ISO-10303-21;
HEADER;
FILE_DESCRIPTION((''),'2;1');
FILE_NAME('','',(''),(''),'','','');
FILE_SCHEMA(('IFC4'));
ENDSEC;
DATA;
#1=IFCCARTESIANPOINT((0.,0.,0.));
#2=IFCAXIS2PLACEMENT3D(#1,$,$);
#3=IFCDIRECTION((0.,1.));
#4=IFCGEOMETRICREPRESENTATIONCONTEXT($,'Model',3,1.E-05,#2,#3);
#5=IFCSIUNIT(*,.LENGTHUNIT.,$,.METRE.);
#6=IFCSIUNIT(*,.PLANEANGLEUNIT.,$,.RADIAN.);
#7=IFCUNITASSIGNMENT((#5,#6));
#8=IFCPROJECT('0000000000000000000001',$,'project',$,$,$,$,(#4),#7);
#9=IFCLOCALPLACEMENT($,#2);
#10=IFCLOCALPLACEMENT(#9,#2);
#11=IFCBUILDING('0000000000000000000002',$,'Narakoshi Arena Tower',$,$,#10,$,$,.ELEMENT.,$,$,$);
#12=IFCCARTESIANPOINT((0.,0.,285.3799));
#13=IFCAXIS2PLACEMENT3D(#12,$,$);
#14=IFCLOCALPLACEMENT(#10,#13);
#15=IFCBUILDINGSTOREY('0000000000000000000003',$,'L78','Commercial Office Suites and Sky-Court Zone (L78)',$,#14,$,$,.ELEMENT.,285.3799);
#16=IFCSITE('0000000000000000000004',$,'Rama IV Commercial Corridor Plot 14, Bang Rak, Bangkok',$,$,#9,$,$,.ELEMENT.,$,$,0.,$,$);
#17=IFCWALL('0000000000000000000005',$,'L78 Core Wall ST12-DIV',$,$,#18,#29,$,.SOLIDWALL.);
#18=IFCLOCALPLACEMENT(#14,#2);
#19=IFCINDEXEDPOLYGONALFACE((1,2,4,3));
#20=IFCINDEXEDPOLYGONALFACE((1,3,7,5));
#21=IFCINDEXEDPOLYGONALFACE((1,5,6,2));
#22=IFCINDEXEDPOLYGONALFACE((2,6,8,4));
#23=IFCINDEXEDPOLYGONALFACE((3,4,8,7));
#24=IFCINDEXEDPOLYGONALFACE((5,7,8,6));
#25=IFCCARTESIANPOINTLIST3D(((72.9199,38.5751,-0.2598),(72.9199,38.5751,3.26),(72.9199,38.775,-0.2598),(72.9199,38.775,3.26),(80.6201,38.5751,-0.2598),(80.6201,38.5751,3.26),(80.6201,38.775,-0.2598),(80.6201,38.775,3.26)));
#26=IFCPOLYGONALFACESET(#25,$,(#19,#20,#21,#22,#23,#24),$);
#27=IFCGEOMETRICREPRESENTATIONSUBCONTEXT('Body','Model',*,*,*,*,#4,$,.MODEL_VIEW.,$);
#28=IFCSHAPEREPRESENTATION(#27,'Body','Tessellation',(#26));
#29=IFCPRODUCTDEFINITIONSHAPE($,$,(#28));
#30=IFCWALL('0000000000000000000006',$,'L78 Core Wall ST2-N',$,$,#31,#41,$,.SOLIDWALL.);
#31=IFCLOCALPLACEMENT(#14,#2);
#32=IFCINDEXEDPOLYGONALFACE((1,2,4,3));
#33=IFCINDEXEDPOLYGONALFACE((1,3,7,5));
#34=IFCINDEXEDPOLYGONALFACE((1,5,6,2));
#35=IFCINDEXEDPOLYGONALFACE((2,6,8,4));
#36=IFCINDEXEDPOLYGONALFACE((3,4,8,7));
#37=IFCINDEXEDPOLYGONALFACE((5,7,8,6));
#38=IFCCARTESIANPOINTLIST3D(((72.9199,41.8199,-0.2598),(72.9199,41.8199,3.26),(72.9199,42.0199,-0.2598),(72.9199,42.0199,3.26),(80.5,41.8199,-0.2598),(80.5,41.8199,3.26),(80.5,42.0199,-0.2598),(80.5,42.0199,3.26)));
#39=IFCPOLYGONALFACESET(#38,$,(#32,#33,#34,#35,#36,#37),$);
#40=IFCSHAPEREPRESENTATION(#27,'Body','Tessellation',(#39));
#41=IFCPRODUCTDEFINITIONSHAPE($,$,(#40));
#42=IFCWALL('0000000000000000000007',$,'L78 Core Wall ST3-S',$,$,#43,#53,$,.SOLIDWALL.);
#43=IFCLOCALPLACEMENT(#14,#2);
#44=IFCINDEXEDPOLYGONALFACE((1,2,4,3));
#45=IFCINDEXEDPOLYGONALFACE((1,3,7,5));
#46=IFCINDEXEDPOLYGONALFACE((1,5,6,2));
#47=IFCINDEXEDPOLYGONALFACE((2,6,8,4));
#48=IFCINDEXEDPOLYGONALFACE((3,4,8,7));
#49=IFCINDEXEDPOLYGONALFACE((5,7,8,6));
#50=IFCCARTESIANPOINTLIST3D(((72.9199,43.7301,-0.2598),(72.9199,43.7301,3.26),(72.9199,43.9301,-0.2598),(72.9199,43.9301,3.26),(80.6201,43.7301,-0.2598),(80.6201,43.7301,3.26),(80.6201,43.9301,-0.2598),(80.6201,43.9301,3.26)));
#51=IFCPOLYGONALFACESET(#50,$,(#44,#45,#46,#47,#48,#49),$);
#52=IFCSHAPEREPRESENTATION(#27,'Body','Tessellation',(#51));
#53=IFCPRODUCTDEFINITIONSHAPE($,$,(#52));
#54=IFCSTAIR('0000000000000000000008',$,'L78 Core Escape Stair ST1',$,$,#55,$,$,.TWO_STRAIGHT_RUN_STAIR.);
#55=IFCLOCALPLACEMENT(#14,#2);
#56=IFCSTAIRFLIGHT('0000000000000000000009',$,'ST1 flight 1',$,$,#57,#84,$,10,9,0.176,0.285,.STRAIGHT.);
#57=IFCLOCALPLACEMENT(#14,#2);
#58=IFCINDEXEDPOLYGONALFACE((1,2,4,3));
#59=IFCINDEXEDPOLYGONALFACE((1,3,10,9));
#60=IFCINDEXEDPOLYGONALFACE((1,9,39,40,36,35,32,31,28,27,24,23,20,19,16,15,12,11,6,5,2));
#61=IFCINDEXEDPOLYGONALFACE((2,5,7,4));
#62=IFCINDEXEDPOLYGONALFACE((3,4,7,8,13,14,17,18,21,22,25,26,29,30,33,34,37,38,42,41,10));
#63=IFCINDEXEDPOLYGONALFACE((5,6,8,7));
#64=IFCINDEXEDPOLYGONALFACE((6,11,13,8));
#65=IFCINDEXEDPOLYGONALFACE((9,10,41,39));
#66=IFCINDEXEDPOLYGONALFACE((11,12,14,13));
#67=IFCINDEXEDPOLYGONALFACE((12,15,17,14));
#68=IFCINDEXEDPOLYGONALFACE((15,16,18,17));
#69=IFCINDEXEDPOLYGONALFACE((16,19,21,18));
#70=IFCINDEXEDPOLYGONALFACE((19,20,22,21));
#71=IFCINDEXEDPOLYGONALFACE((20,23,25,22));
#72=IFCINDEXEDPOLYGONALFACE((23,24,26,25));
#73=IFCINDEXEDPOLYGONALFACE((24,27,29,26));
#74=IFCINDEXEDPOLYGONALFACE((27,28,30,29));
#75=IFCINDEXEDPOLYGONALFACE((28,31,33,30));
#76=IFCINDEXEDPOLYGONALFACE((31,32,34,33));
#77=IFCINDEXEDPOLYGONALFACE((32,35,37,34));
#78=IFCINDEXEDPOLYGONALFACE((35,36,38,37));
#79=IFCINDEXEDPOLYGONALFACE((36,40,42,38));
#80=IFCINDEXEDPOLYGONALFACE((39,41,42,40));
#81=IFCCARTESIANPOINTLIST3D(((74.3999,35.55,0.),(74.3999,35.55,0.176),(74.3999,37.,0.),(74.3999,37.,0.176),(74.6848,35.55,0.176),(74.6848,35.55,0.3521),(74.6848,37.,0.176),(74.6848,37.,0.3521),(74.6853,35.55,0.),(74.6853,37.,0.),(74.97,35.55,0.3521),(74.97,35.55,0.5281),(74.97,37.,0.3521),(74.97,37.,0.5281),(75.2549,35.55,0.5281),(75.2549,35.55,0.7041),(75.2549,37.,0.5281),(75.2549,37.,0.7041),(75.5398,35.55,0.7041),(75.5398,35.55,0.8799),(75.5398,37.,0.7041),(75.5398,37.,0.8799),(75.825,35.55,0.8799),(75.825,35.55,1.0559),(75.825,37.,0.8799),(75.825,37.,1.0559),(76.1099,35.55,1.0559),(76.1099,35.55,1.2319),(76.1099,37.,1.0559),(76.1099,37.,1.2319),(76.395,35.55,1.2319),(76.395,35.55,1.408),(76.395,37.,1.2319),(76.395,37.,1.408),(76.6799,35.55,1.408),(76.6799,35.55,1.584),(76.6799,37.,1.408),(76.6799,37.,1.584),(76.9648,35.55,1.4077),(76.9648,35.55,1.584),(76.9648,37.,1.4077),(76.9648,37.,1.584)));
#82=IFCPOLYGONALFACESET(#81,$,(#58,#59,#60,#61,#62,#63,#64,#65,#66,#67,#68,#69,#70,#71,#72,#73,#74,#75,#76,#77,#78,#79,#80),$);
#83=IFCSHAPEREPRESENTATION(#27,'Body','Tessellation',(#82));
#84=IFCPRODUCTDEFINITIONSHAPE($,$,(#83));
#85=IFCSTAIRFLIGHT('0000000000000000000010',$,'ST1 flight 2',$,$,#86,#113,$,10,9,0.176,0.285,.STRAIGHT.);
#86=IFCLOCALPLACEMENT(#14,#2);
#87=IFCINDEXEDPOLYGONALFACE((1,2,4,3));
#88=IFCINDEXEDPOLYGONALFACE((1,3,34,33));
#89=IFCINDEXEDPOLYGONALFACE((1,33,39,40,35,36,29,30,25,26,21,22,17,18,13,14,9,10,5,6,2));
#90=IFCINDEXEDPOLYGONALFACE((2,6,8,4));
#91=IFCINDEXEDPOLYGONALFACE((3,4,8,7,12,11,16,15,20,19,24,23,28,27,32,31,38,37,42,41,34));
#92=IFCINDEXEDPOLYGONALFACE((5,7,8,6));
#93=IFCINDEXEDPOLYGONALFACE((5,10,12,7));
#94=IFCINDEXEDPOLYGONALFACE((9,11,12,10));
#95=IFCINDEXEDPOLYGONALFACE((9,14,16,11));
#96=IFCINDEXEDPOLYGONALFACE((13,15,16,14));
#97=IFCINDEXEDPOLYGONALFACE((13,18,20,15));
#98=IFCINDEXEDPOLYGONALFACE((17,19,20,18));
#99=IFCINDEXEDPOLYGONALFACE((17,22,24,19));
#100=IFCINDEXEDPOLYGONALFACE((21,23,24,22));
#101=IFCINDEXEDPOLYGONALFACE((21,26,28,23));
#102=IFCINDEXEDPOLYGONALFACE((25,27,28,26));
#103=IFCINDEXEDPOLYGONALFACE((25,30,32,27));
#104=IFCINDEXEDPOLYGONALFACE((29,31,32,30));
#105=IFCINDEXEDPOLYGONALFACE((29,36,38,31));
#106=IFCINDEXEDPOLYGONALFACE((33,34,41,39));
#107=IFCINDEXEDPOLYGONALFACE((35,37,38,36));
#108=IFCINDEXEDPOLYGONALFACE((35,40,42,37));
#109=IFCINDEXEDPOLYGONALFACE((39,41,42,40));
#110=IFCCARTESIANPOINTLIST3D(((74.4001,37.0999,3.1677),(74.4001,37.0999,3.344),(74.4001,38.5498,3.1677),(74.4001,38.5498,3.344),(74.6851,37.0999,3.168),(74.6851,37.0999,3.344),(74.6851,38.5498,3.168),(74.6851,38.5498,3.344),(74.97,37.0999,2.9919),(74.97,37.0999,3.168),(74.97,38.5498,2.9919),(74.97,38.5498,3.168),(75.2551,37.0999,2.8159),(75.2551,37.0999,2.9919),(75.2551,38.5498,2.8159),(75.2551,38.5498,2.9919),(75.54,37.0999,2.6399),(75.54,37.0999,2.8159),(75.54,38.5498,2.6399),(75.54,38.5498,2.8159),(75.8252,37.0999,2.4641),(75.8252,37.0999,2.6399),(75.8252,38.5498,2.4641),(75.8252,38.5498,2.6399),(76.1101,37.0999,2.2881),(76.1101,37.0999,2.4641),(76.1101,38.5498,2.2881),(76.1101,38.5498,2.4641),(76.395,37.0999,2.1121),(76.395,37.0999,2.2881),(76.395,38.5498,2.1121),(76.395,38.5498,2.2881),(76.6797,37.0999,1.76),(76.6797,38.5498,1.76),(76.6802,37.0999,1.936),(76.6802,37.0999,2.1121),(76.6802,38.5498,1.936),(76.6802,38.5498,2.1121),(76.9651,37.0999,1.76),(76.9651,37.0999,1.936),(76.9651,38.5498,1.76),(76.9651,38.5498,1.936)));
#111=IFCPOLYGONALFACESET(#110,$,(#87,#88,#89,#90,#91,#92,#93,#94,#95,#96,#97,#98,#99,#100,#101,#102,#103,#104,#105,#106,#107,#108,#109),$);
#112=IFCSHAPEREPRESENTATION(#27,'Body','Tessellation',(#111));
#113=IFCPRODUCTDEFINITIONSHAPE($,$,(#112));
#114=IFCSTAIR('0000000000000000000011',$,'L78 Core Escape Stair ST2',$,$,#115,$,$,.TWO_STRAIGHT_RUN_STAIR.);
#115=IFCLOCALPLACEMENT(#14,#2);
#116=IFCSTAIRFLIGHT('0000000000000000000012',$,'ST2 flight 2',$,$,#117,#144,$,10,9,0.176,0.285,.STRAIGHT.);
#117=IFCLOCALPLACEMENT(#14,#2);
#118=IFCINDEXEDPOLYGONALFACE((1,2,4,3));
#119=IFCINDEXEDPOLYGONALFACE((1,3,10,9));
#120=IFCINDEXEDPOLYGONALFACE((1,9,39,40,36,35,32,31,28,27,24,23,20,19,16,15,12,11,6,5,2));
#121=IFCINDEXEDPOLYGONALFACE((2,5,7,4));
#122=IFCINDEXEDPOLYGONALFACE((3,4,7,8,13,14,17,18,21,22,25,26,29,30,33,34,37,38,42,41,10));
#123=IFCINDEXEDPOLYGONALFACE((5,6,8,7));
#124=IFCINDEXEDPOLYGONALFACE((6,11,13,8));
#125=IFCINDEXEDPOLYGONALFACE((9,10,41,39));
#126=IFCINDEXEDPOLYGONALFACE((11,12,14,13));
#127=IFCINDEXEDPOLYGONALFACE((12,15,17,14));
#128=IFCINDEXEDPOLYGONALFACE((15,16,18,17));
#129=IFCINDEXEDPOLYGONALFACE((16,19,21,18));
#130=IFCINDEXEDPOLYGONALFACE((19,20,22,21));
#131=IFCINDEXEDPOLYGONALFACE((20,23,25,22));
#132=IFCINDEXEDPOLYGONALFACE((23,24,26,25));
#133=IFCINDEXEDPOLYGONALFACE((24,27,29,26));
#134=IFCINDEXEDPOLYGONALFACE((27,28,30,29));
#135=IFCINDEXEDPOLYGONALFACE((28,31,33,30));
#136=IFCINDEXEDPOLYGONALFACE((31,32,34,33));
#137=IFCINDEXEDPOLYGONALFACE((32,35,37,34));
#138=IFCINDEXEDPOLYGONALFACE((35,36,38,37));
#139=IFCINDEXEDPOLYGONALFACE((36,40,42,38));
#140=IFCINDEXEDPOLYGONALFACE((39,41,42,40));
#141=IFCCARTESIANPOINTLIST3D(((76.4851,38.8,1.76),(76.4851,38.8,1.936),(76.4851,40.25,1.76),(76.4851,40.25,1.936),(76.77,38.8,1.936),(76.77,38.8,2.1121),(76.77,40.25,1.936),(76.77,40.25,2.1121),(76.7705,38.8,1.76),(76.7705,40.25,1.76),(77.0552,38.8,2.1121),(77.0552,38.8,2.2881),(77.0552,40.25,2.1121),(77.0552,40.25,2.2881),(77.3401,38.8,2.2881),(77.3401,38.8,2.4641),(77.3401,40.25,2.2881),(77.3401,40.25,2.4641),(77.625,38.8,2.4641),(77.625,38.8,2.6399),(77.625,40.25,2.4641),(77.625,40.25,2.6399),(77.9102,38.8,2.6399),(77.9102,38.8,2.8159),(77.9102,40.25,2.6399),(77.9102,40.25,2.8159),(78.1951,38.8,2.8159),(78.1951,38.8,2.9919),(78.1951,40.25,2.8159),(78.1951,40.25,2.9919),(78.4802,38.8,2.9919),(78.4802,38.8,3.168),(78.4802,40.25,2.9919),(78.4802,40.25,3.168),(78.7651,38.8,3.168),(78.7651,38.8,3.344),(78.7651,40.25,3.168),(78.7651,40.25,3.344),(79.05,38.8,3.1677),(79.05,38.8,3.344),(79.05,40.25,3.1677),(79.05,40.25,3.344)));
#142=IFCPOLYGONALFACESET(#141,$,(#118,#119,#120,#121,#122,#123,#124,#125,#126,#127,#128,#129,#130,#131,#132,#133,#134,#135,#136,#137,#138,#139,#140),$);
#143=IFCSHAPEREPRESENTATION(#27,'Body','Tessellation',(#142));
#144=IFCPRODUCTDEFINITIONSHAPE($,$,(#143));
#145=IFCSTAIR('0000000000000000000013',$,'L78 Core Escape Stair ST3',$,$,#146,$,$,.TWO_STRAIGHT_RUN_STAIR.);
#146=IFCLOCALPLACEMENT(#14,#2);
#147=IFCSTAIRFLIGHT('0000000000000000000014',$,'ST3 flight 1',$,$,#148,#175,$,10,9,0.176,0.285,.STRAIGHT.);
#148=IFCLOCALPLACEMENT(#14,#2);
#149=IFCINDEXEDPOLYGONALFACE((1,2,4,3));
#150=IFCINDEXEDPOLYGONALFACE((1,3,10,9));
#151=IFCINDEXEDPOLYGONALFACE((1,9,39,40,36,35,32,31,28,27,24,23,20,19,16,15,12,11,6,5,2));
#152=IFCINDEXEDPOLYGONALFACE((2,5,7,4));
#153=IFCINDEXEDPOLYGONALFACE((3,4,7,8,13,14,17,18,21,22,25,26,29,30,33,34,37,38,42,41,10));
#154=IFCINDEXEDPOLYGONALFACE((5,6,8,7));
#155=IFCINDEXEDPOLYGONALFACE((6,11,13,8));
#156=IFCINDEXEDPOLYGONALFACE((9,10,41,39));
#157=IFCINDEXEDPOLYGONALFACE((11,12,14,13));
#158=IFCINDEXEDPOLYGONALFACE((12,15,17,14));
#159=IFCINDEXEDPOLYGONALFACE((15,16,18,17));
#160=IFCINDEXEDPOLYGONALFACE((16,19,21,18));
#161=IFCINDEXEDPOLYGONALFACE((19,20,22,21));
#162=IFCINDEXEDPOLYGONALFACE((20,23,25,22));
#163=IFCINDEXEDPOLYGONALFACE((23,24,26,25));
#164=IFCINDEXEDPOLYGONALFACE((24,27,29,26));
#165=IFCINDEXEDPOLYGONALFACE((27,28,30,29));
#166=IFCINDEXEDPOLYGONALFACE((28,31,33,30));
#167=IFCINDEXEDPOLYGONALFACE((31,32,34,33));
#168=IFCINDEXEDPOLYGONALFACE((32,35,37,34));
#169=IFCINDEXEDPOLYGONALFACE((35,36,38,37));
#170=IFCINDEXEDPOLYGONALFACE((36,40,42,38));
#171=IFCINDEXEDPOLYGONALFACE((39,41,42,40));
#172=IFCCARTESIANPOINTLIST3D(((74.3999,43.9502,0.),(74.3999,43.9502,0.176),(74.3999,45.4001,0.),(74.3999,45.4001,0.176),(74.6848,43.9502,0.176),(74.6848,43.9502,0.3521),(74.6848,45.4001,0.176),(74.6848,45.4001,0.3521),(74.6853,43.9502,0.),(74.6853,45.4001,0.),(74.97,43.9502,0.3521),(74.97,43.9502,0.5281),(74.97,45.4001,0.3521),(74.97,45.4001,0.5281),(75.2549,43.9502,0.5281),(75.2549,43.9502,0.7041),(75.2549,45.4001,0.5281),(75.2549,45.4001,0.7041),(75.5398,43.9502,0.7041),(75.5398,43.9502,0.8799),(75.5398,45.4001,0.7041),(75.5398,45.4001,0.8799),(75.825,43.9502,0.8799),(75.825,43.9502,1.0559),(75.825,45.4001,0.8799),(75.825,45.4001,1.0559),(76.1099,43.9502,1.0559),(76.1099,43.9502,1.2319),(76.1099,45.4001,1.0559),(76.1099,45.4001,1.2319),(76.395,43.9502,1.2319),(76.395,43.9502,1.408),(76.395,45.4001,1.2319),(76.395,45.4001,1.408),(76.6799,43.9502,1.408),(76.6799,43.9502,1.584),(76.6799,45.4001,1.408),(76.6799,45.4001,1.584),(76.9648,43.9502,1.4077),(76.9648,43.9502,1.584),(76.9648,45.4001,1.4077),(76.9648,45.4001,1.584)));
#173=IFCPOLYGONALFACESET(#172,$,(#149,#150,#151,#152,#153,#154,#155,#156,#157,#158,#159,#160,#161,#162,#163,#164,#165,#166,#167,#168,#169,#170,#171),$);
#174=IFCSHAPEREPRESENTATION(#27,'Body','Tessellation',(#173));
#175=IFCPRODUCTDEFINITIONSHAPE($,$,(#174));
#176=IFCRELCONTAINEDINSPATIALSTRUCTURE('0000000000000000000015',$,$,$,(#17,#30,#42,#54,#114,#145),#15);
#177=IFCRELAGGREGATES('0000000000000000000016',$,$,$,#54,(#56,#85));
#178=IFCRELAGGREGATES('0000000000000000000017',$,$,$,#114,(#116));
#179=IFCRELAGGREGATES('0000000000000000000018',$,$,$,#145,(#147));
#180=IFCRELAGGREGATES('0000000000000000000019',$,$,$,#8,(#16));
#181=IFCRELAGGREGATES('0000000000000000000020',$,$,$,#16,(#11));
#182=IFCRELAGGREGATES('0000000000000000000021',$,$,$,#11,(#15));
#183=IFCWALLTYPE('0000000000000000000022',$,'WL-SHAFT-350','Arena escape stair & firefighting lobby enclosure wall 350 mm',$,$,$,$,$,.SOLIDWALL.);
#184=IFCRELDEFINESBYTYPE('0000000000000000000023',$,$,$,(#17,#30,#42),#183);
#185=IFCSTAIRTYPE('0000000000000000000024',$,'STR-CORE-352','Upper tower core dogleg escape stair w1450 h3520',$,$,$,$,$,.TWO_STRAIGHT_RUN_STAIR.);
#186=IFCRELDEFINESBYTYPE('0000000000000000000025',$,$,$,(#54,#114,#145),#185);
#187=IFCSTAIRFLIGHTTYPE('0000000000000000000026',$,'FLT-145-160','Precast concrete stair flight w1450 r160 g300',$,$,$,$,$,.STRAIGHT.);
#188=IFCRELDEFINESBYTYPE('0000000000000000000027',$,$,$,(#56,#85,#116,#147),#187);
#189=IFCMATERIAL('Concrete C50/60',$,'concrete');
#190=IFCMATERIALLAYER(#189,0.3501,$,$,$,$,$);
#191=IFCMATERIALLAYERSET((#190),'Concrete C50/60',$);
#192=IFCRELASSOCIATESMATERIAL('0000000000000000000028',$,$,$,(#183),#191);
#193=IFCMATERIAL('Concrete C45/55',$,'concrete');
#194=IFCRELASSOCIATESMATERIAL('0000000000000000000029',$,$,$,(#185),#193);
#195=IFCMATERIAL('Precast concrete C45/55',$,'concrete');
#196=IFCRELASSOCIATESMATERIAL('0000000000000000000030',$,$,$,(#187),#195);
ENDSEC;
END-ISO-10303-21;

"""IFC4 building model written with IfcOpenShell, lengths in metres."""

from ifc_helpers import new_model, si_unit, direction, frame, frame_2d, origin, place, context, subcontext, project, spatial, polyline, rectangle, outline, extrude, material, layer, layer_set, type_object, element, aggregate, save


model = new_model("IFC4")

# Units and contexts
model_context = context("Model", 3, precision=1e-05, world=origin(), true_north=direction((0.0, 1.0)))
body_context = subcontext(model_context, "Body", "Model", "MODEL_VIEW")
ifc_project = project(units=[si_unit("LENGTHUNIT", "METRE"), si_unit("PLANEANGLEUNIT", "RADIAN")], contexts=[model_context])

# Site, building, storey
site_placement = place(None, origin())
site = spatial("IfcSite", under=ifc_project, at=site_placement, Name="Rama IV Commercial Corridor Plot 14, Bang Rak, Bangkok", CompositionType="ELEMENT", RefElevation=0.0)
building_placement = place(site_placement, origin())
building = spatial("IfcBuilding", under=site, at=building_placement, Name="Narakoshi Arena Tower", CompositionType="ELEMENT")
storey_placement = place(building_placement, frame((0.0, 0.0, 285.3799)))
storey = spatial("IfcBuildingStorey", under=building, at=storey_placement, Name="L78", Description="Commercial Office Suites and Sky-Court Zone (L78)", CompositionType="ELEMENT", Elevation=285.3799)

# Shared definitions
ifc_material_1 = material(Name="Concrete C50/60", Category="concrete")

# Shared definitions
ifc_material_2 = material(Name="Precast concrete C45/55", Category="concrete")

# Walls
ifc_layer_1 = layer(ifc_material_1, 0.3501)
ifc_layer_set_1 = layer_set([ifc_layer_1], Name="Concrete C50/60")
wall_type_1 = type_object("IfcWallType", Name="WL-SHAFT-350", Description="Arena escape stair & firefighting lobby enclosure wall 350 mm", PredefinedType="SOLIDWALL", material=ifc_layer_set_1)
for number, where, z_axis, x_axis, name in (
    (1, (72.9199, 38.675, -0.2598), (0.0, 0.0, 1.0), (1.0, 0.0, 0.0), "L78 Core Wall ST12-DIV"),
):
    element("IfcWall", number, at=place(storey_placement, frame(where, z_axis=z_axis, x_axis=x_axis)), inside=storey, type_object=wall_type_1, Name=name, PredefinedType="SOLIDWALL", context=body_context, shape_type="SweptSolid", body=[
        extrude(rectangle(XDim=7.7002, YDim=0.2, at=frame_2d((3.8501, 0.0))), origin(), (0.0, 0.0, 1.0), 3.5198),
    ])
wall_1_placement = place(storey_placement, frame((72.9199, 41.9199, -0.2598), z_axis=(0.0, 0.0, 1.0), x_axis=(1.0, 0.0, 0.0)))
element("IfcWall", 2, at=wall_1_placement, inside=storey, type_object=wall_type_1, Name="L78 Core Wall ST2-N", PredefinedType="SOLIDWALL", context=body_context, shape_type="SweptSolid", body=[
    extrude(rectangle(XDim=7.5801, YDim=0.2, at=frame_2d((3.79, 0.0))), origin(), (0.0, 0.0, 1.0), 3.5198),
])
wall_2_placement = place(storey_placement, frame((72.9199, 43.8301, -0.2598), z_axis=(0.0, 0.0, 1.0), x_axis=(1.0, 0.0, 0.0)))
element("IfcWall", 3, at=wall_2_placement, inside=storey, type_object=wall_type_1, Name="L78 Core Wall ST3-S", PredefinedType="SOLIDWALL", context=body_context, shape_type="SweptSolid", body=[
    extrude(rectangle(XDim=7.7002, YDim=0.2, at=frame_2d((3.8501, 0.0))), origin(), (0.0, 0.0, 1.0), 3.5198),
])

# Stair, stair flights
ifc_material_3 = material(Name="Concrete C45/55", Category="concrete")
stair_type = type_object("IfcStairType", Name="STR-CORE-352", Description="Upper tower core dogleg escape stair w1450 h3520", PredefinedType="TWO_STRAIGHT_RUN_STAIR", material=ifc_material_3)
stair_1_placement = place(storey_placement, origin())
stair_1 = element("IfcStair", 4, at=stair_1_placement, inside=storey, type_object=stair_type, Name="L78 Core Escape Stair ST1", PredefinedType="TWO_STRAIGHT_RUN_STAIR")
stair_flight_type = type_object("IfcStairFlightType", Name="FLT-145-160", Description="Precast concrete stair flight w1450 r160 g300", PredefinedType="STRAIGHT", material=ifc_material_2)
stair_flight_1_placement = place(storey_placement, frame((74.3999, 36.2749, 0.0), z_axis=(0.0, 0.0, 1.0), x_axis=(1.0, 0.0, 0.0)))
stair_flight_1 = element("IfcStairFlight", 5, at=stair_flight_1_placement, type_object=stair_flight_type, Name="ST1 flight 1", NumberOfRisers=10, NumberOfTreads=9, PredefinedType="STRAIGHT", RiserHeight=0.176, TreadLength=0.285, context=body_context, shape_type="SweptSolid", body=[
    extrude(outline(polyline([(0.0, 0.0), (0.0, 0.176), (0.2849, 0.176), (0.2849, 0.3521), (0.5701, 0.3521), (0.5701, 0.5281), (0.855, 0.5281), (0.855, 0.7041), (1.1399, 0.7041), (1.1399, 0.8799), (1.425, 0.8799), (1.425, 1.0559), (1.71, 1.0559), (1.71, 1.2319), (1.9951, 1.2319), (1.9951, 1.408), (2.28, 1.408), (2.28, 1.584), (2.5649, 1.584), (2.5649, 1.76), (2.5649, 1.4077), (0.2854, 0.0), (0.0, 0.0)])), frame((0.0, 0.7251, 0.0), z_axis=(0.0, -1.0, 0.0), x_axis=(1.0, 0.0, 0.0)), (0.0, 0.0, 1.0), 1.45),
])
stair_flight_2_placement = place(storey_placement, frame((76.9651, 37.825, 1.76), z_axis=(0.0, 0.0, 1.0), x_axis=(-1.0, 0.0, 0.0)))
stair_flight_2 = element("IfcStairFlight", 6, at=stair_flight_2_placement, type_object=stair_flight_type, Name="ST1 flight 2", NumberOfRisers=10, NumberOfTreads=9, PredefinedType="STRAIGHT", RiserHeight=0.176, TreadLength=0.285, context=body_context, shape_type="SweptSolid", body=[
    extrude(outline(polyline([(0.0, 0.0), (0.0, 0.176), (0.2849, 0.176), (0.2849, 0.3521), (0.5701, 0.3521), (0.5701, 0.5281), (0.855, 0.5281), (0.855, 0.7041), (1.1399, 0.7041), (1.1399, 0.8799), (1.425, 0.8799), (1.425, 1.0559), (1.71, 1.0559), (1.71, 1.2319), (1.9951, 1.2319), (1.9951, 1.408), (2.28, 1.408), (2.28, 1.584), (2.5649, 1.584), (2.5649, 1.76), (2.5649, 1.4077), (0.2854, 0.0), (0.0, 0.0)])), frame((0.0, 0.7251, 0.0), z_axis=(0.0, -1.0, 0.0), x_axis=(1.0, 0.0, 0.0)), (0.0, 0.0, 1.0), 1.45),
])
aggregate(stair_1, [stair_flight_1, stair_flight_2])

# Stairs, stair flights
stair_2_placement = place(storey_placement, origin())
stair_2 = element("IfcStair", 7, at=stair_2_placement, inside=storey, type_object=stair_type, Name="L78 Core Escape Stair ST2", PredefinedType="TWO_STRAIGHT_RUN_STAIR")
stair_flight_3_placement = place(storey_placement, frame((76.4851, 39.5249, 1.76), z_axis=(0.0, 0.0, 1.0), x_axis=(1.0, 0.0, 0.0)))
stair_flight_3 = element("IfcStairFlight", 8, at=stair_flight_3_placement, type_object=stair_flight_type, Name="ST2 flight 2", NumberOfRisers=10, NumberOfTreads=9, PredefinedType="STRAIGHT", RiserHeight=0.176, TreadLength=0.285, context=body_context, shape_type="SweptSolid", body=[
    extrude(outline(polyline([(0.0, 0.0), (0.0, 0.176), (0.2849, 0.176), (0.2849, 0.3521), (0.5701, 0.3521), (0.5701, 0.5281), (0.855, 0.5281), (0.855, 0.7041), (1.1399, 0.7041), (1.1399, 0.8799), (1.425, 0.8799), (1.425, 1.0559), (1.71, 1.0559), (1.71, 1.2319), (1.9951, 1.2319), (1.9951, 1.408), (2.28, 1.408), (2.28, 1.584), (2.5649, 1.584), (2.5649, 1.76), (2.5649, 1.4077), (0.2854, 0.0), (0.0, 0.0)])), frame((0.0, 0.7251, 0.0), z_axis=(0.0, -1.0, 0.0), x_axis=(1.0, 0.0, 0.0)), (0.0, 0.0, 1.0), 1.45),
])
aggregate(stair_2, [stair_flight_3])
stair_3_placement = place(storey_placement, origin())
stair_3 = element("IfcStair", 9, at=stair_3_placement, inside=storey, type_object=stair_type, Name="L78 Core Escape Stair ST3", PredefinedType="TWO_STRAIGHT_RUN_STAIR")
stair_flight_4_placement = place(storey_placement, frame((74.3999, 44.675, 0.0), z_axis=(0.0, 0.0, 1.0), x_axis=(1.0, 0.0, 0.0)))
stair_flight_4 = element("IfcStairFlight", 10, at=stair_flight_4_placement, type_object=stair_flight_type, Name="ST3 flight 1", NumberOfRisers=10, NumberOfTreads=9, PredefinedType="STRAIGHT", RiserHeight=0.176, TreadLength=0.285, context=body_context, shape_type="SweptSolid", body=[
    extrude(outline(polyline([(0.0, 0.0), (0.0, 0.176), (0.2849, 0.176), (0.2849, 0.3521), (0.5701, 0.3521), (0.5701, 0.5281), (0.855, 0.5281), (0.855, 0.7041), (1.1399, 0.7041), (1.1399, 0.8799), (1.425, 0.8799), (1.425, 1.0559), (1.71, 1.0559), (1.71, 1.2319), (1.9951, 1.2319), (1.9951, 1.408), (2.28, 1.408), (2.28, 1.584), (2.5649, 1.584), (2.5649, 1.76), (2.5649, 1.4077), (0.2854, 0.0), (0.0, 0.0)])), frame((0.0, 0.7251, 0.0), z_axis=(0.0, -1.0, 0.0), x_axis=(1.0, 0.0, 0.0)), (0.0, 0.0, 1.0), 1.45),
])
aggregate(stair_3, [stair_flight_4])

save(model, "model.ifc")
